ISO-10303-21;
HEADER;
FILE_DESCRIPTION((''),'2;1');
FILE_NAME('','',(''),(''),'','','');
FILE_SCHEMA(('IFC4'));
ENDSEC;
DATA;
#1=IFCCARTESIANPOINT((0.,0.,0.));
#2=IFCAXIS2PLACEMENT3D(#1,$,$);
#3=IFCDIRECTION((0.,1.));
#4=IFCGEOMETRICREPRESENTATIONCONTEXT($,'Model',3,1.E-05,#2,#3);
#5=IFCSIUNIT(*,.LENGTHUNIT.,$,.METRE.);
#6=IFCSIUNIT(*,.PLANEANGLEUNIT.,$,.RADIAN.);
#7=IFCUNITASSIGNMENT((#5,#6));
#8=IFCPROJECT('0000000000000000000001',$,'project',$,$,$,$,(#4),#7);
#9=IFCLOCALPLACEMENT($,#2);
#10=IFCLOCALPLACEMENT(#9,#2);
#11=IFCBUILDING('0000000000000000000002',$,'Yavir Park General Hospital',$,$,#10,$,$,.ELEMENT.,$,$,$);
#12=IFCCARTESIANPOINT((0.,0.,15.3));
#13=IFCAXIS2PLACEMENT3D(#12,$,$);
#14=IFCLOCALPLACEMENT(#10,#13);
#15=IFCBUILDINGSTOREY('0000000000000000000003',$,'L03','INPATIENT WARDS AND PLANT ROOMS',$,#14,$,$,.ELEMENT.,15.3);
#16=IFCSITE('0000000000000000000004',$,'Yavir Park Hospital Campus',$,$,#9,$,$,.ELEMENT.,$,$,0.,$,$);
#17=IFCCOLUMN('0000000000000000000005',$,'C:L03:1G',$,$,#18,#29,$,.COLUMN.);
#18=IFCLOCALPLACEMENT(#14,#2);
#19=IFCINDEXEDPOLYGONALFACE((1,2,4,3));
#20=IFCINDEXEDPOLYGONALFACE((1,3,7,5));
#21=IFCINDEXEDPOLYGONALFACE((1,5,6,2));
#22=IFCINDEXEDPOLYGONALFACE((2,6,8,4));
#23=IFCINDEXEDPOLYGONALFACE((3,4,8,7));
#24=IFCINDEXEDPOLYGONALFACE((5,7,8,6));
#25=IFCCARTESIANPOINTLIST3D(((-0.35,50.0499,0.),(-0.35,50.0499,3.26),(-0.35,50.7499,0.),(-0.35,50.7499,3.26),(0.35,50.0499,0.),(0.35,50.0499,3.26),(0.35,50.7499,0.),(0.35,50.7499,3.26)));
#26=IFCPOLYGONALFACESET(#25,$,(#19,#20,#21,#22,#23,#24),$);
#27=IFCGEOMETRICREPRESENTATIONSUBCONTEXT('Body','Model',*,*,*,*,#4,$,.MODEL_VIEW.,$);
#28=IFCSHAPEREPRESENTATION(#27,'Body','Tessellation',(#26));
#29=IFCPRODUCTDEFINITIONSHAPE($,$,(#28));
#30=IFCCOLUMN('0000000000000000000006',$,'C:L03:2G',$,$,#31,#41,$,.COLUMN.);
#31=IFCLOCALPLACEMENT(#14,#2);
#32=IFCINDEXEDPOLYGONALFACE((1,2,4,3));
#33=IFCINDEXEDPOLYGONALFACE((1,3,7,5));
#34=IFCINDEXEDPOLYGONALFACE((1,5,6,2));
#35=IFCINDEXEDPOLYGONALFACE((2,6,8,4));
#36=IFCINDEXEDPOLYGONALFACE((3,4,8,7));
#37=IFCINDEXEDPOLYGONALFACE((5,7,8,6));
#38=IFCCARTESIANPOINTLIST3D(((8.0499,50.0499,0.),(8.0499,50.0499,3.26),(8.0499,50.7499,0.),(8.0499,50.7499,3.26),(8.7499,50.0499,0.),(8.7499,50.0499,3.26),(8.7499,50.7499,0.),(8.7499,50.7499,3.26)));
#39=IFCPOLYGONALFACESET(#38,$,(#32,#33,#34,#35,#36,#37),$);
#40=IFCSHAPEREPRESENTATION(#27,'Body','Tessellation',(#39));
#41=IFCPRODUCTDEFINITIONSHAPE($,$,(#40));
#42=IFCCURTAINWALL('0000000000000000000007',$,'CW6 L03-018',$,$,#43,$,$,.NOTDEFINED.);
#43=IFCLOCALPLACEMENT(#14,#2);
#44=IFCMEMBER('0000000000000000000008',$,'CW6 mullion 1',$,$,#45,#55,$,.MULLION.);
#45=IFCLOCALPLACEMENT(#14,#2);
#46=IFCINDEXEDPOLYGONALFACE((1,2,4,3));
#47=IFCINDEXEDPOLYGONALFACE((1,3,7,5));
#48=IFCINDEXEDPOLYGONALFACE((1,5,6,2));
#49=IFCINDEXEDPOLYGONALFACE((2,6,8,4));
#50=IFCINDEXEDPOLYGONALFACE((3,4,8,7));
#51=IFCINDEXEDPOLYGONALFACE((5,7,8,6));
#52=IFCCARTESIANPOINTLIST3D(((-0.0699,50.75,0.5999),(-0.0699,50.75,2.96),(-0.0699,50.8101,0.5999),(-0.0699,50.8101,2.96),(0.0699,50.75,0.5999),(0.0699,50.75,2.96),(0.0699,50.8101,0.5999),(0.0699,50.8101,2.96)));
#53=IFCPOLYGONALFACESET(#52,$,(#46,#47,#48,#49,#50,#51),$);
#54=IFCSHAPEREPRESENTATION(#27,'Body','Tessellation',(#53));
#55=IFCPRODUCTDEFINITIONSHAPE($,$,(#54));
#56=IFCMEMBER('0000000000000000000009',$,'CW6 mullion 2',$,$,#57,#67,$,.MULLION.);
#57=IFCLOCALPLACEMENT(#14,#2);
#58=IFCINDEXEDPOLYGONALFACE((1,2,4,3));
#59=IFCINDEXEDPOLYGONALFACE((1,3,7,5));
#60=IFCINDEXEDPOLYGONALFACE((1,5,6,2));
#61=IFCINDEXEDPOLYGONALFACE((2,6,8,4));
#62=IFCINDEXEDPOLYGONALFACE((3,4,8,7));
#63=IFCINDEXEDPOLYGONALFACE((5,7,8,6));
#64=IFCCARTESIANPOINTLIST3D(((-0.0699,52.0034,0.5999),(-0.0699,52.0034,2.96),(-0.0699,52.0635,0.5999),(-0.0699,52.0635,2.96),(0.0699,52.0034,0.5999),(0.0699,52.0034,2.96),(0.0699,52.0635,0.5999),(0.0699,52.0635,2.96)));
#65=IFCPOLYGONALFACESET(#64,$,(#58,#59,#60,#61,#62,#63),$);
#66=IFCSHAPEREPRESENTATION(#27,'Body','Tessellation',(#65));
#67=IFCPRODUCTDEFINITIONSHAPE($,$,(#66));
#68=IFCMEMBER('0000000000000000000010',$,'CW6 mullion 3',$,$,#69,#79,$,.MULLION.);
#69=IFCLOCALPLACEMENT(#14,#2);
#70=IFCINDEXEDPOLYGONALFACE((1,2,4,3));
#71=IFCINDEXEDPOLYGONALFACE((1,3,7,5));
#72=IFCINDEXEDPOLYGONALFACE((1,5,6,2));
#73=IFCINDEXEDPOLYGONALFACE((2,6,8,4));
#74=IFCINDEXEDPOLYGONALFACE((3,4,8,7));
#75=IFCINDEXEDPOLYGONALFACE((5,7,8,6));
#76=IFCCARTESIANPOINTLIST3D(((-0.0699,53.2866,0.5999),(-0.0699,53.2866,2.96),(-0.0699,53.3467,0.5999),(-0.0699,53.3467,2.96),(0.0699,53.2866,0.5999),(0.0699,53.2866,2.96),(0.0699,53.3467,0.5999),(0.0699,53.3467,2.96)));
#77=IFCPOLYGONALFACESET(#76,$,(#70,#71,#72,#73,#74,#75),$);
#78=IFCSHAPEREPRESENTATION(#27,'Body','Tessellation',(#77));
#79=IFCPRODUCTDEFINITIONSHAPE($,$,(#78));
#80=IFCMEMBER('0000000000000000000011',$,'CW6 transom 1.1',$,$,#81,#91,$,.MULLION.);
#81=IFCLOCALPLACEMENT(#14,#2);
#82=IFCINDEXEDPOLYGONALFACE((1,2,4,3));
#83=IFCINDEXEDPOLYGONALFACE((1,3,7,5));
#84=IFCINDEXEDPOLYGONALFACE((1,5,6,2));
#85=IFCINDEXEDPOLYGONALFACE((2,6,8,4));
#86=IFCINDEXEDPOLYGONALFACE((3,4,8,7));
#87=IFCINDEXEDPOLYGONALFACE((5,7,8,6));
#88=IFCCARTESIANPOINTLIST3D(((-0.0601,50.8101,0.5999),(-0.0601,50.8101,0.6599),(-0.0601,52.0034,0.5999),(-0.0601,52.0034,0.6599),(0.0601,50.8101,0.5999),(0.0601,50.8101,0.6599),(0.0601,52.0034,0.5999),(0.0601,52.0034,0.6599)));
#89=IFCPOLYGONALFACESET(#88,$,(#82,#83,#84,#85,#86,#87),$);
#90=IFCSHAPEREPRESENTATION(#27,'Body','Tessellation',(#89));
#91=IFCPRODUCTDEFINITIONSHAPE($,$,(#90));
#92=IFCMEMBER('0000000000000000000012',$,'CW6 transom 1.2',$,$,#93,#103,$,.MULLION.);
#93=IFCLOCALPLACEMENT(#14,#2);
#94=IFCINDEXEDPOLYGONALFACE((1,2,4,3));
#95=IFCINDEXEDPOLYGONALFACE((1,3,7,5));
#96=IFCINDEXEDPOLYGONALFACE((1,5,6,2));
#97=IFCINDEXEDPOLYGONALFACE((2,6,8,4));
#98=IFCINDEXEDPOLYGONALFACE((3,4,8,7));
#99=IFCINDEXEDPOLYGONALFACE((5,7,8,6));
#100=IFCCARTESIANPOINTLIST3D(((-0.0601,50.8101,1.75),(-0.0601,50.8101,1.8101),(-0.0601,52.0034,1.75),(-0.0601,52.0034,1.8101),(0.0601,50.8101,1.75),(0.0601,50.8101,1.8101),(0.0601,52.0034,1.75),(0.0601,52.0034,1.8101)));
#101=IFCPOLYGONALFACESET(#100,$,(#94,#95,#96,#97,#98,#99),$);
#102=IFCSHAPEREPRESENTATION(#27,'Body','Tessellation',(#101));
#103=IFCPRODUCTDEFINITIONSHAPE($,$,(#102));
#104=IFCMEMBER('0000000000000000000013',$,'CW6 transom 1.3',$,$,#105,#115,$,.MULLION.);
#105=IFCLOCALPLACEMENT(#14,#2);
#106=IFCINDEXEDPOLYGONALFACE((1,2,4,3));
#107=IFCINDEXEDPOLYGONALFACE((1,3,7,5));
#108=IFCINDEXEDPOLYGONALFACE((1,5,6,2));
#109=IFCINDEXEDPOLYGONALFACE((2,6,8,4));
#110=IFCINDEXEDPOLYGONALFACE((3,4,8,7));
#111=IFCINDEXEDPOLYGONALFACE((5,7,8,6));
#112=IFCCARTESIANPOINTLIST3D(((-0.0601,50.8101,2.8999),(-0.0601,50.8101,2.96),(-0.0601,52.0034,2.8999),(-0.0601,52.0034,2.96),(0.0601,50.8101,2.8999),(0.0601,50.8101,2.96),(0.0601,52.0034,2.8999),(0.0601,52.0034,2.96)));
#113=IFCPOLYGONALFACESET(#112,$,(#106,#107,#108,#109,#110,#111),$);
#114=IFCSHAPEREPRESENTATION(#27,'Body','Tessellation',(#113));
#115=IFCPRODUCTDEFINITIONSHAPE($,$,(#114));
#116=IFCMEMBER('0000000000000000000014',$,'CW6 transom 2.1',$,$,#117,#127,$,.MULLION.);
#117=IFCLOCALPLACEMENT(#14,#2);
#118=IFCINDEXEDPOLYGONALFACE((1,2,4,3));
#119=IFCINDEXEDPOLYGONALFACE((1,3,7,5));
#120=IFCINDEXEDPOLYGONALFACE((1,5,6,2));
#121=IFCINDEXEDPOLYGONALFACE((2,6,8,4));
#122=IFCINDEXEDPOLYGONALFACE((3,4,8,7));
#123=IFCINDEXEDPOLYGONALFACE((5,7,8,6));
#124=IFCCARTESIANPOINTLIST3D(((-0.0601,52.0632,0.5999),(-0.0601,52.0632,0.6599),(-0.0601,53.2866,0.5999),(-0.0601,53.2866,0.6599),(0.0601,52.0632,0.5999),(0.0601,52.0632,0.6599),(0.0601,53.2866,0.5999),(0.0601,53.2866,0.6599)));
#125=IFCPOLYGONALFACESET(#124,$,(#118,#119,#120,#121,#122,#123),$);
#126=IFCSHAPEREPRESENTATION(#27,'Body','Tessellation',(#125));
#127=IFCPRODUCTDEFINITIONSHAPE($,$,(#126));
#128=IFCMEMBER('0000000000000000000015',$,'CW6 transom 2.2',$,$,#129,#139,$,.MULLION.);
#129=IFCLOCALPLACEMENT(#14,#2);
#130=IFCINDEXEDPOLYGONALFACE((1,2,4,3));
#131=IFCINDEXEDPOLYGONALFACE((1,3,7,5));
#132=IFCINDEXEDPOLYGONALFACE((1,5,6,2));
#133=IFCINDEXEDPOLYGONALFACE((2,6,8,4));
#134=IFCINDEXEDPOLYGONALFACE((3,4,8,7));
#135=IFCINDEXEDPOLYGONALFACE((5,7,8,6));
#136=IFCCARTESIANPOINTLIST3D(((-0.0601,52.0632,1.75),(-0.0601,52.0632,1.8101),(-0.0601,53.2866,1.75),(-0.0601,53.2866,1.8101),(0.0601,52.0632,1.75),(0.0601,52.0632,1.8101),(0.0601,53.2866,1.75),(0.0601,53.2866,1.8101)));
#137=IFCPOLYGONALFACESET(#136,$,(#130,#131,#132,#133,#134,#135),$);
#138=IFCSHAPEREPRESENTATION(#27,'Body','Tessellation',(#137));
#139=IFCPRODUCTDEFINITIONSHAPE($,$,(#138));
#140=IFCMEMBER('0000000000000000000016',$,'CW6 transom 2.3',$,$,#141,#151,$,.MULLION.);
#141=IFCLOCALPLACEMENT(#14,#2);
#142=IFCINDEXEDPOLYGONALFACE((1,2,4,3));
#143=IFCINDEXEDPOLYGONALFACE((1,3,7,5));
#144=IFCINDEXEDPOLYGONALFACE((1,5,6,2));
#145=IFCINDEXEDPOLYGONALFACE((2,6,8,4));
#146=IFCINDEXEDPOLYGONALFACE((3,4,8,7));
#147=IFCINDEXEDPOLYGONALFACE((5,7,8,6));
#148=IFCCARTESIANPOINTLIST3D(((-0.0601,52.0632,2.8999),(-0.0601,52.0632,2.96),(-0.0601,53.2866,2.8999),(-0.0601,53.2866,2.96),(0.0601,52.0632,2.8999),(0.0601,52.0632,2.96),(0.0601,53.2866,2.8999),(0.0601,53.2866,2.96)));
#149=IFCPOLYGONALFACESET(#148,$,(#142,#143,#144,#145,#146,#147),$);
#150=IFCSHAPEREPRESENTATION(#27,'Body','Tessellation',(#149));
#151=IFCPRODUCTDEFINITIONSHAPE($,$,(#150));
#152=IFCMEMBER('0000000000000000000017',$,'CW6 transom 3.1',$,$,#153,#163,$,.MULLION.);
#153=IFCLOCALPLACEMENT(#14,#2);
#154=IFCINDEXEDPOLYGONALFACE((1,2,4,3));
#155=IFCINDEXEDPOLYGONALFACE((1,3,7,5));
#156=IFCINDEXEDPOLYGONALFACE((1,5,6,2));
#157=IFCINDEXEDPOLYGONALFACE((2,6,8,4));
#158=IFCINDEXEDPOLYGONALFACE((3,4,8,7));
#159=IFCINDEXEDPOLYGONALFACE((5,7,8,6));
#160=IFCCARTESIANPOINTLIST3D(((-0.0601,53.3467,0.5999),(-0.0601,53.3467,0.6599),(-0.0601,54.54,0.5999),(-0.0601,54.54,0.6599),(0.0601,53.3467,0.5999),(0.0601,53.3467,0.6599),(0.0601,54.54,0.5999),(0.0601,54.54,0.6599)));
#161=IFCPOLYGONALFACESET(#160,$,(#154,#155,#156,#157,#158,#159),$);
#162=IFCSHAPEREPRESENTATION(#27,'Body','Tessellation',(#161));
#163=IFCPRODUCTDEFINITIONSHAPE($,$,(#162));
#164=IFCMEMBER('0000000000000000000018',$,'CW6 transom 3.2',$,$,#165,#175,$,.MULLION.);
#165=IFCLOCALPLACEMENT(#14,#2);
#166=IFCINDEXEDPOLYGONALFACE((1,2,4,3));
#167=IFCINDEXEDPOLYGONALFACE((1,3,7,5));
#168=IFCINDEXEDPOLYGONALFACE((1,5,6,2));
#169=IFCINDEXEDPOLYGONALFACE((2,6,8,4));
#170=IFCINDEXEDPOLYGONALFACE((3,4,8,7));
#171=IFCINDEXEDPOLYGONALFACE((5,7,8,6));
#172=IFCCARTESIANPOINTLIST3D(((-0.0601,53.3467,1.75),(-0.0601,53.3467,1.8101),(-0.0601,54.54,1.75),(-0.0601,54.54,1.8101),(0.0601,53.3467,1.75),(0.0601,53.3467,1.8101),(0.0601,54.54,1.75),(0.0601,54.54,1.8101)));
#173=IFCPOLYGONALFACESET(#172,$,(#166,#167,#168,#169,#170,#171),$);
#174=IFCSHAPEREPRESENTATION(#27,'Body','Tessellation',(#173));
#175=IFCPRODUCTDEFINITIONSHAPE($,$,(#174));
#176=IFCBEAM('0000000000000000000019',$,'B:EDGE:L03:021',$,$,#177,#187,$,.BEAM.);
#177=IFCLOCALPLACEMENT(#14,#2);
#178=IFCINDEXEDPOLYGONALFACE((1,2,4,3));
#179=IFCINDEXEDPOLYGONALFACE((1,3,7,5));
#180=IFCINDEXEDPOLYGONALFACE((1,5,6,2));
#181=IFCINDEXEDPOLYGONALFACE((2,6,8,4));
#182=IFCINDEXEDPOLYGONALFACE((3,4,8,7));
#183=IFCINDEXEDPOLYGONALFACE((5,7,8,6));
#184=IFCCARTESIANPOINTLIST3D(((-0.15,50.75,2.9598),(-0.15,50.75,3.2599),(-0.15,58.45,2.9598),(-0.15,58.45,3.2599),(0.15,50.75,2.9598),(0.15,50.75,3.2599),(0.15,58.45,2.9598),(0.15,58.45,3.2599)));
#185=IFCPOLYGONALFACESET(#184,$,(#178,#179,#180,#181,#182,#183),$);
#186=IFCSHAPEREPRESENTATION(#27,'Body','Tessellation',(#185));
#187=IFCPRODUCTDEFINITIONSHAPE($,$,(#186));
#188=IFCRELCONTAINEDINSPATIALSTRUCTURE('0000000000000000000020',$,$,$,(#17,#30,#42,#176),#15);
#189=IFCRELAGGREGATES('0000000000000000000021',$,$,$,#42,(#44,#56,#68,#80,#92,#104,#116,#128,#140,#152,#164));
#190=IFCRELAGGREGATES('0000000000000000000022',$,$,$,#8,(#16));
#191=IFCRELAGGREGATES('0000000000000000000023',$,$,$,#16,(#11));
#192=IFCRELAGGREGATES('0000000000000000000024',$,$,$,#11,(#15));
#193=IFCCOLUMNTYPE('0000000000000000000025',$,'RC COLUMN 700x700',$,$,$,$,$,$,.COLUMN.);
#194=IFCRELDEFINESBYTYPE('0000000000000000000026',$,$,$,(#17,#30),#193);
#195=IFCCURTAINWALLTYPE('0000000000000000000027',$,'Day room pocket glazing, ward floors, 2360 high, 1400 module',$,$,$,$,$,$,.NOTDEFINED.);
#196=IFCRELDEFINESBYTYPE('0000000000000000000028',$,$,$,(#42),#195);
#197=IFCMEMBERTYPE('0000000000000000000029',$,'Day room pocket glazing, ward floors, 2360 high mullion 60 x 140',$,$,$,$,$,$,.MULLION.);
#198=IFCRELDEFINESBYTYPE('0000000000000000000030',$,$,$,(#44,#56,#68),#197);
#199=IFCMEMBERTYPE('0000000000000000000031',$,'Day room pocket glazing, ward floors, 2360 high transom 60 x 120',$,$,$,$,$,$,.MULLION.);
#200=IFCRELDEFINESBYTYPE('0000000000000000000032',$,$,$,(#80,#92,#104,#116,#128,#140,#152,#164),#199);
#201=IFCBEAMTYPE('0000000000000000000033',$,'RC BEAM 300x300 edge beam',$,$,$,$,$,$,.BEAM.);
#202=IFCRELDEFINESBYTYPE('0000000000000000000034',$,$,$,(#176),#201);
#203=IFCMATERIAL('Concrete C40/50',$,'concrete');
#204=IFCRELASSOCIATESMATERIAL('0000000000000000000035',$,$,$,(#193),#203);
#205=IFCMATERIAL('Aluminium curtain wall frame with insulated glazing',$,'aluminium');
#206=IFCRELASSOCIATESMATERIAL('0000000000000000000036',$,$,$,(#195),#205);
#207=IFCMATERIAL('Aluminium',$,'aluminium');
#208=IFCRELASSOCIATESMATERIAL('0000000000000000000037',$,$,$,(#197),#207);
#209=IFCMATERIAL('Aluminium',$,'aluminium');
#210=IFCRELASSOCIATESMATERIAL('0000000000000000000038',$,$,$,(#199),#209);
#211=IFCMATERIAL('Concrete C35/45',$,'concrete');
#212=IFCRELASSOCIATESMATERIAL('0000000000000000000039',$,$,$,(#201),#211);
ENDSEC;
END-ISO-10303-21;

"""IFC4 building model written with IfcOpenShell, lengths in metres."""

from ifc_helpers import new_model, si_unit, direction, frame, origin, origin_2d, place, context, subcontext, project, spatial, rectangle, extrude, material, material_profile, profile_set, type_object, element, aggregate, save


model = new_model("IFC4")

# Units and contexts
model_context = context("Model", 3, precision=1e-05, world=origin(), true_north=direction((0.0, 1.0)))
body_context = subcontext(model_context, "Body", "Model", "MODEL_VIEW")
ifc_project = project(units=[si_unit("LENGTHUNIT", "METRE"), si_unit("PLANEANGLEUNIT", "RADIAN")], contexts=[model_context])

# Site, building, storey
site_placement = place(None, origin())
site = spatial("IfcSite", under=ifc_project, at=site_placement, Name="Yavir Park Hospital Campus", CompositionType="ELEMENT", RefElevation=0.0)
building_placement = place(site_placement, origin())
building = spatial("IfcBuilding", under=site, at=building_placement, Name="Yavir Park General Hospital", CompositionType="ELEMENT")
storey_placement = place(building_placement, frame((0.0, 0.0, 15.3)))
storey = spatial("IfcBuildingStorey", under=building, at=storey_placement, Name="L03", Description="INPATIENT WARDS AND PLANT ROOMS", CompositionType="ELEMENT", Elevation=15.3)

# Columns
ifc_material_1 = material(Name="Concrete C40/50", Category="concrete")
ifc_material_profile_1 = material_profile(ifc_material_1, rectangle(XDim=0.7, YDim=0.7, at=origin_2d()), Name="RC700x700")
ifc_profile_set_1 = profile_set([ifc_material_profile_1], Name="Concrete C40/50")
column_type = type_object("IfcColumnType", Name="RC COLUMN 700x700", PredefinedType="COLUMN", material=ifc_profile_set_1)
for number, where, z_axis, x_axis, name in (
    (1, (0.0, 50.3999, 0.0), (0.0, 0.0, 1.0), (1.0, 0.0, 0.0), "C:L03:1G"),
    (2, (8.3999, 50.3999, 0.0), (0.0, 0.0, 1.0), (1.0, 0.0, 0.0), "C:L03:2G"),
):
    element("IfcColumn", number, at=place(storey_placement, frame(where, z_axis=z_axis, x_axis=x_axis)), inside=storey, type_object=column_type, Name=name, PredefinedType="COLUMN", context=body_context, shape_type="SweptSolid", body=[
        extrude(rectangle(XDim=0.7, YDim=0.7, at=origin_2d()), origin(), (0.0, 0.0, 1.0), 3.26),
    ])

# Curtain wall, members
ifc_material_2 = material(Name="Aluminium curtain wall frame with insulated glazing", Category="aluminium")
curtain_wall_type = type_object("IfcCurtainWallType", Name="Day room pocket glazing, ward floors, 2360 high, 1400 module", PredefinedType="NOTDEFINED", material=ifc_material_2)
curtain_wall_placement = place(storey_placement, origin())
curtain_wall = element("IfcCurtainWall", 3, at=curtain_wall_placement, inside=storey, type_object=curtain_wall_type, Name="CW6 L03-018", PredefinedType="NOTDEFINED")
ifc_material_3 = material(Name="Aluminium", Category="aluminium")
ifc_material_profile_2 = material_profile(ifc_material_3, rectangle(XDim=0.1399, YDim=0.0601, at=origin_2d()), Name="AL 60x140")
ifc_profile_set_2 = profile_set([ifc_material_profile_2], Name="Aluminium")
member_type_1 = type_object("IfcMemberType", Name="Day room pocket glazing, ward floors, 2360 high mullion 60 x 140", PredefinedType="MULLION", material=ifc_profile_set_2)
member_1_placement = place(storey_placement, frame((0.0, 50.78, 0.5999), z_axis=(0.0, 0.0, 1.0), x_axis=(-1.0, 0.0, 0.0)))
member_1 = element("IfcMember", 4, at=member_1_placement, type_object=member_type_1, Name="CW6 mullion 1", PredefinedType="MULLION", context=body_context, shape_type="SweptSolid", body=[
    extrude(rectangle(XDim=0.1399, YDim=0.0601, at=origin_2d()), origin(), (0.0, 0.0, 1.0), 2.3601),
])
member_2_placement = place(storey_placement, frame((0.0, 52.0334, 0.5999), z_axis=(0.0, 0.0, 1.0), x_axis=(-1.0, 0.0, 0.0)))
member_2 = element("IfcMember", 5, at=member_2_placement, type_object=member_type_1, Name="CW6 mullion 2", PredefinedType="MULLION", context=body_context, shape_type="SweptSolid", body=[
    extrude(rectangle(XDim=0.1399, YDim=0.0601, at=origin_2d()), origin(), (0.0, 0.0, 1.0), 2.3601),
])
member_3_placement = place(storey_placement, frame((0.0, 53.3167, 0.5999), z_axis=(0.0, 0.0, 1.0), x_axis=(-1.0, 0.0, 0.0)))
member_3 = element("IfcMember", 6, at=member_3_placement, type_object=member_type_1, Name="CW6 mullion 3", PredefinedType="MULLION", context=body_context, shape_type="SweptSolid", body=[
    extrude(rectangle(XDim=0.1399, YDim=0.0601, at=origin_2d()), origin(), (0.0, 0.0, 1.0), 2.3601),
])
ifc_material_4 = material(Name="Aluminium", Category="aluminium")
ifc_material_profile_3 = material_profile(ifc_material_4, rectangle(XDim=0.1201, YDim=0.0601, at=origin_2d()), Name="AL 120x60")
ifc_profile_set_3 = profile_set([ifc_material_profile_3], Name="Aluminium")
member_type_2 = type_object("IfcMemberType", Name="Day room pocket glazing, ward floors, 2360 high transom 60 x 120", PredefinedType="MULLION", material=ifc_profile_set_3)
member_4_placement = place(storey_placement, frame((0.0, 50.8101, 0.6299), z_axis=(0.0, 1.0, 0.0), x_axis=(-1.0, 0.0, 0.0)))
member_4 = element("IfcMember", 7, at=member_4_placement, type_object=member_type_2, Name="CW6 transom 1.1", PredefinedType="MULLION", context=body_context, shape_type="SweptSolid", body=[
    extrude(rectangle(XDim=0.1201, YDim=0.0601, at=origin_2d()), origin(), (0.0, 0.0, 1.0), 1.1934),
])
member_5_placement = place(storey_placement, frame((0.0, 50.8101, 1.78), z_axis=(0.0, 1.0, 0.0), x_axis=(-1.0, 0.0, 0.0)))
member_5 = element("IfcMember", 8, at=member_5_placement, type_object=member_type_2, Name="CW6 transom 1.2", PredefinedType="MULLION", context=body_context, shape_type="SweptSolid", body=[
    extrude(rectangle(XDim=0.1201, YDim=0.0601, at=origin_2d()), origin(), (0.0, 0.0, 1.0), 1.1934),
])
member_6_placement = place(storey_placement, frame((0.0, 50.8101, 2.9299), z_axis=(0.0, 1.0, 0.0), x_axis=(-1.0, 0.0, 0.0)))
member_6 = element("IfcMember", 9, at=member_6_placement, type_object=member_type_2, Name="CW6 transom 1.3", PredefinedType="MULLION", context=body_context, shape_type="SweptSolid", body=[
    extrude(rectangle(XDim=0.1201, YDim=0.0601, at=origin_2d()), origin(), (0.0, 0.0, 1.0), 1.1934),
])
member_7_placement = place(storey_placement, frame((0.0, 52.0632, 0.6299), z_axis=(0.0, 1.0, 0.0), x_axis=(-1.0, 0.0, 0.0)))
member_7 = element("IfcMember", 10, at=member_7_placement, type_object=member_type_2, Name="CW6 transom 2.1", PredefinedType="MULLION", context=body_context, shape_type="SweptSolid", body=[
    extrude(rectangle(XDim=0.1201, YDim=0.0601, at=origin_2d()), origin(), (0.0, 0.0, 1.0), 1.2234),
])
member_8_placement = place(storey_placement, frame((0.0, 52.0632, 1.78), z_axis=(0.0, 1.0, 0.0), x_axis=(-1.0, 0.0, 0.0)))
member_8 = element("IfcMember", 11, at=member_8_placement, type_object=member_type_2, Name="CW6 transom 2.2", PredefinedType="MULLION", context=body_context, shape_type="SweptSolid", body=[
    extrude(rectangle(XDim=0.1201, YDim=0.0601, at=origin_2d()), origin(), (0.0, 0.0, 1.0), 1.2234),
])
member_9_placement = place(storey_placement, frame((0.0, 52.0632, 2.9299), z_axis=(0.0, 1.0, 0.0), x_axis=(-1.0, 0.0, 0.0)))
member_9 = element("IfcMember", 12, at=member_9_placement, type_object=member_type_2, Name="CW6 transom 2.3", PredefinedType="MULLION", context=body_context, shape_type="SweptSolid", body=[
    extrude(rectangle(XDim=0.1201, YDim=0.0601, at=origin_2d()), origin(), (0.0, 0.0, 1.0), 1.2234),
])
member_10_placement = place(storey_placement, frame((0.0, 53.3467, 0.6299), z_axis=(0.0, 1.0, 0.0), x_axis=(-1.0, 0.0, 0.0)))
member_10 = element("IfcMember", 13, at=member_10_placement, type_object=member_type_2, Name="CW6 transom 3.1", PredefinedType="MULLION", context=body_context, shape_type="SweptSolid", body=[
    extrude(rectangle(XDim=0.1201, YDim=0.0601, at=origin_2d()), origin(), (0.0, 0.0, 1.0), 1.1934),
])
member_11_placement = place(storey_placement, frame((0.0, 53.3467, 1.78), z_axis=(0.0, 1.0, 0.0), x_axis=(-1.0, 0.0, 0.0)))
member_11 = element("IfcMember", 14, at=member_11_placement, type_object=member_type_2, Name="CW6 transom 3.2", PredefinedType="MULLION", context=body_context, shape_type="SweptSolid", body=[
    extrude(rectangle(XDim=0.1201, YDim=0.0601, at=origin_2d()), origin(), (0.0, 0.0, 1.0), 1.1934),
])

# Beam
ifc_material_5 = material(Name="Concrete C35/45", Category="concrete")
ifc_material_profile_4 = material_profile(ifc_material_5, rectangle(XDim=0.3, YDim=0.3, at=origin_2d()), Name="RC300x300")
ifc_profile_set_4 = profile_set([ifc_material_profile_4], Name="Concrete C35/45")
beam_type = type_object("IfcBeamType", Name="RC BEAM 300x300 edge beam", PredefinedType="BEAM", material=ifc_profile_set_4)
beam_placement = place(storey_placement, frame((0.0, 50.75, 3.1099), z_axis=(0.0, 1.0, 0.0), x_axis=(-1.0, 0.0, 0.0)))
element("IfcBeam", 15, at=beam_placement, inside=storey, type_object=beam_type, Name="B:EDGE:L03:021", PredefinedType="BEAM", context=body_context, shape_type="SweptSolid", body=[
    extrude(rectangle(XDim=0.3, YDim=0.3, at=origin_2d()), origin(), (0.0, 0.0, 1.0), 7.7),
])

aggregate(curtain_wall, [member_1, member_2, member_3, member_4, member_5, member_6, member_7, member_8, member_9, member_10, member_11])

save(model, "model.ifc")
